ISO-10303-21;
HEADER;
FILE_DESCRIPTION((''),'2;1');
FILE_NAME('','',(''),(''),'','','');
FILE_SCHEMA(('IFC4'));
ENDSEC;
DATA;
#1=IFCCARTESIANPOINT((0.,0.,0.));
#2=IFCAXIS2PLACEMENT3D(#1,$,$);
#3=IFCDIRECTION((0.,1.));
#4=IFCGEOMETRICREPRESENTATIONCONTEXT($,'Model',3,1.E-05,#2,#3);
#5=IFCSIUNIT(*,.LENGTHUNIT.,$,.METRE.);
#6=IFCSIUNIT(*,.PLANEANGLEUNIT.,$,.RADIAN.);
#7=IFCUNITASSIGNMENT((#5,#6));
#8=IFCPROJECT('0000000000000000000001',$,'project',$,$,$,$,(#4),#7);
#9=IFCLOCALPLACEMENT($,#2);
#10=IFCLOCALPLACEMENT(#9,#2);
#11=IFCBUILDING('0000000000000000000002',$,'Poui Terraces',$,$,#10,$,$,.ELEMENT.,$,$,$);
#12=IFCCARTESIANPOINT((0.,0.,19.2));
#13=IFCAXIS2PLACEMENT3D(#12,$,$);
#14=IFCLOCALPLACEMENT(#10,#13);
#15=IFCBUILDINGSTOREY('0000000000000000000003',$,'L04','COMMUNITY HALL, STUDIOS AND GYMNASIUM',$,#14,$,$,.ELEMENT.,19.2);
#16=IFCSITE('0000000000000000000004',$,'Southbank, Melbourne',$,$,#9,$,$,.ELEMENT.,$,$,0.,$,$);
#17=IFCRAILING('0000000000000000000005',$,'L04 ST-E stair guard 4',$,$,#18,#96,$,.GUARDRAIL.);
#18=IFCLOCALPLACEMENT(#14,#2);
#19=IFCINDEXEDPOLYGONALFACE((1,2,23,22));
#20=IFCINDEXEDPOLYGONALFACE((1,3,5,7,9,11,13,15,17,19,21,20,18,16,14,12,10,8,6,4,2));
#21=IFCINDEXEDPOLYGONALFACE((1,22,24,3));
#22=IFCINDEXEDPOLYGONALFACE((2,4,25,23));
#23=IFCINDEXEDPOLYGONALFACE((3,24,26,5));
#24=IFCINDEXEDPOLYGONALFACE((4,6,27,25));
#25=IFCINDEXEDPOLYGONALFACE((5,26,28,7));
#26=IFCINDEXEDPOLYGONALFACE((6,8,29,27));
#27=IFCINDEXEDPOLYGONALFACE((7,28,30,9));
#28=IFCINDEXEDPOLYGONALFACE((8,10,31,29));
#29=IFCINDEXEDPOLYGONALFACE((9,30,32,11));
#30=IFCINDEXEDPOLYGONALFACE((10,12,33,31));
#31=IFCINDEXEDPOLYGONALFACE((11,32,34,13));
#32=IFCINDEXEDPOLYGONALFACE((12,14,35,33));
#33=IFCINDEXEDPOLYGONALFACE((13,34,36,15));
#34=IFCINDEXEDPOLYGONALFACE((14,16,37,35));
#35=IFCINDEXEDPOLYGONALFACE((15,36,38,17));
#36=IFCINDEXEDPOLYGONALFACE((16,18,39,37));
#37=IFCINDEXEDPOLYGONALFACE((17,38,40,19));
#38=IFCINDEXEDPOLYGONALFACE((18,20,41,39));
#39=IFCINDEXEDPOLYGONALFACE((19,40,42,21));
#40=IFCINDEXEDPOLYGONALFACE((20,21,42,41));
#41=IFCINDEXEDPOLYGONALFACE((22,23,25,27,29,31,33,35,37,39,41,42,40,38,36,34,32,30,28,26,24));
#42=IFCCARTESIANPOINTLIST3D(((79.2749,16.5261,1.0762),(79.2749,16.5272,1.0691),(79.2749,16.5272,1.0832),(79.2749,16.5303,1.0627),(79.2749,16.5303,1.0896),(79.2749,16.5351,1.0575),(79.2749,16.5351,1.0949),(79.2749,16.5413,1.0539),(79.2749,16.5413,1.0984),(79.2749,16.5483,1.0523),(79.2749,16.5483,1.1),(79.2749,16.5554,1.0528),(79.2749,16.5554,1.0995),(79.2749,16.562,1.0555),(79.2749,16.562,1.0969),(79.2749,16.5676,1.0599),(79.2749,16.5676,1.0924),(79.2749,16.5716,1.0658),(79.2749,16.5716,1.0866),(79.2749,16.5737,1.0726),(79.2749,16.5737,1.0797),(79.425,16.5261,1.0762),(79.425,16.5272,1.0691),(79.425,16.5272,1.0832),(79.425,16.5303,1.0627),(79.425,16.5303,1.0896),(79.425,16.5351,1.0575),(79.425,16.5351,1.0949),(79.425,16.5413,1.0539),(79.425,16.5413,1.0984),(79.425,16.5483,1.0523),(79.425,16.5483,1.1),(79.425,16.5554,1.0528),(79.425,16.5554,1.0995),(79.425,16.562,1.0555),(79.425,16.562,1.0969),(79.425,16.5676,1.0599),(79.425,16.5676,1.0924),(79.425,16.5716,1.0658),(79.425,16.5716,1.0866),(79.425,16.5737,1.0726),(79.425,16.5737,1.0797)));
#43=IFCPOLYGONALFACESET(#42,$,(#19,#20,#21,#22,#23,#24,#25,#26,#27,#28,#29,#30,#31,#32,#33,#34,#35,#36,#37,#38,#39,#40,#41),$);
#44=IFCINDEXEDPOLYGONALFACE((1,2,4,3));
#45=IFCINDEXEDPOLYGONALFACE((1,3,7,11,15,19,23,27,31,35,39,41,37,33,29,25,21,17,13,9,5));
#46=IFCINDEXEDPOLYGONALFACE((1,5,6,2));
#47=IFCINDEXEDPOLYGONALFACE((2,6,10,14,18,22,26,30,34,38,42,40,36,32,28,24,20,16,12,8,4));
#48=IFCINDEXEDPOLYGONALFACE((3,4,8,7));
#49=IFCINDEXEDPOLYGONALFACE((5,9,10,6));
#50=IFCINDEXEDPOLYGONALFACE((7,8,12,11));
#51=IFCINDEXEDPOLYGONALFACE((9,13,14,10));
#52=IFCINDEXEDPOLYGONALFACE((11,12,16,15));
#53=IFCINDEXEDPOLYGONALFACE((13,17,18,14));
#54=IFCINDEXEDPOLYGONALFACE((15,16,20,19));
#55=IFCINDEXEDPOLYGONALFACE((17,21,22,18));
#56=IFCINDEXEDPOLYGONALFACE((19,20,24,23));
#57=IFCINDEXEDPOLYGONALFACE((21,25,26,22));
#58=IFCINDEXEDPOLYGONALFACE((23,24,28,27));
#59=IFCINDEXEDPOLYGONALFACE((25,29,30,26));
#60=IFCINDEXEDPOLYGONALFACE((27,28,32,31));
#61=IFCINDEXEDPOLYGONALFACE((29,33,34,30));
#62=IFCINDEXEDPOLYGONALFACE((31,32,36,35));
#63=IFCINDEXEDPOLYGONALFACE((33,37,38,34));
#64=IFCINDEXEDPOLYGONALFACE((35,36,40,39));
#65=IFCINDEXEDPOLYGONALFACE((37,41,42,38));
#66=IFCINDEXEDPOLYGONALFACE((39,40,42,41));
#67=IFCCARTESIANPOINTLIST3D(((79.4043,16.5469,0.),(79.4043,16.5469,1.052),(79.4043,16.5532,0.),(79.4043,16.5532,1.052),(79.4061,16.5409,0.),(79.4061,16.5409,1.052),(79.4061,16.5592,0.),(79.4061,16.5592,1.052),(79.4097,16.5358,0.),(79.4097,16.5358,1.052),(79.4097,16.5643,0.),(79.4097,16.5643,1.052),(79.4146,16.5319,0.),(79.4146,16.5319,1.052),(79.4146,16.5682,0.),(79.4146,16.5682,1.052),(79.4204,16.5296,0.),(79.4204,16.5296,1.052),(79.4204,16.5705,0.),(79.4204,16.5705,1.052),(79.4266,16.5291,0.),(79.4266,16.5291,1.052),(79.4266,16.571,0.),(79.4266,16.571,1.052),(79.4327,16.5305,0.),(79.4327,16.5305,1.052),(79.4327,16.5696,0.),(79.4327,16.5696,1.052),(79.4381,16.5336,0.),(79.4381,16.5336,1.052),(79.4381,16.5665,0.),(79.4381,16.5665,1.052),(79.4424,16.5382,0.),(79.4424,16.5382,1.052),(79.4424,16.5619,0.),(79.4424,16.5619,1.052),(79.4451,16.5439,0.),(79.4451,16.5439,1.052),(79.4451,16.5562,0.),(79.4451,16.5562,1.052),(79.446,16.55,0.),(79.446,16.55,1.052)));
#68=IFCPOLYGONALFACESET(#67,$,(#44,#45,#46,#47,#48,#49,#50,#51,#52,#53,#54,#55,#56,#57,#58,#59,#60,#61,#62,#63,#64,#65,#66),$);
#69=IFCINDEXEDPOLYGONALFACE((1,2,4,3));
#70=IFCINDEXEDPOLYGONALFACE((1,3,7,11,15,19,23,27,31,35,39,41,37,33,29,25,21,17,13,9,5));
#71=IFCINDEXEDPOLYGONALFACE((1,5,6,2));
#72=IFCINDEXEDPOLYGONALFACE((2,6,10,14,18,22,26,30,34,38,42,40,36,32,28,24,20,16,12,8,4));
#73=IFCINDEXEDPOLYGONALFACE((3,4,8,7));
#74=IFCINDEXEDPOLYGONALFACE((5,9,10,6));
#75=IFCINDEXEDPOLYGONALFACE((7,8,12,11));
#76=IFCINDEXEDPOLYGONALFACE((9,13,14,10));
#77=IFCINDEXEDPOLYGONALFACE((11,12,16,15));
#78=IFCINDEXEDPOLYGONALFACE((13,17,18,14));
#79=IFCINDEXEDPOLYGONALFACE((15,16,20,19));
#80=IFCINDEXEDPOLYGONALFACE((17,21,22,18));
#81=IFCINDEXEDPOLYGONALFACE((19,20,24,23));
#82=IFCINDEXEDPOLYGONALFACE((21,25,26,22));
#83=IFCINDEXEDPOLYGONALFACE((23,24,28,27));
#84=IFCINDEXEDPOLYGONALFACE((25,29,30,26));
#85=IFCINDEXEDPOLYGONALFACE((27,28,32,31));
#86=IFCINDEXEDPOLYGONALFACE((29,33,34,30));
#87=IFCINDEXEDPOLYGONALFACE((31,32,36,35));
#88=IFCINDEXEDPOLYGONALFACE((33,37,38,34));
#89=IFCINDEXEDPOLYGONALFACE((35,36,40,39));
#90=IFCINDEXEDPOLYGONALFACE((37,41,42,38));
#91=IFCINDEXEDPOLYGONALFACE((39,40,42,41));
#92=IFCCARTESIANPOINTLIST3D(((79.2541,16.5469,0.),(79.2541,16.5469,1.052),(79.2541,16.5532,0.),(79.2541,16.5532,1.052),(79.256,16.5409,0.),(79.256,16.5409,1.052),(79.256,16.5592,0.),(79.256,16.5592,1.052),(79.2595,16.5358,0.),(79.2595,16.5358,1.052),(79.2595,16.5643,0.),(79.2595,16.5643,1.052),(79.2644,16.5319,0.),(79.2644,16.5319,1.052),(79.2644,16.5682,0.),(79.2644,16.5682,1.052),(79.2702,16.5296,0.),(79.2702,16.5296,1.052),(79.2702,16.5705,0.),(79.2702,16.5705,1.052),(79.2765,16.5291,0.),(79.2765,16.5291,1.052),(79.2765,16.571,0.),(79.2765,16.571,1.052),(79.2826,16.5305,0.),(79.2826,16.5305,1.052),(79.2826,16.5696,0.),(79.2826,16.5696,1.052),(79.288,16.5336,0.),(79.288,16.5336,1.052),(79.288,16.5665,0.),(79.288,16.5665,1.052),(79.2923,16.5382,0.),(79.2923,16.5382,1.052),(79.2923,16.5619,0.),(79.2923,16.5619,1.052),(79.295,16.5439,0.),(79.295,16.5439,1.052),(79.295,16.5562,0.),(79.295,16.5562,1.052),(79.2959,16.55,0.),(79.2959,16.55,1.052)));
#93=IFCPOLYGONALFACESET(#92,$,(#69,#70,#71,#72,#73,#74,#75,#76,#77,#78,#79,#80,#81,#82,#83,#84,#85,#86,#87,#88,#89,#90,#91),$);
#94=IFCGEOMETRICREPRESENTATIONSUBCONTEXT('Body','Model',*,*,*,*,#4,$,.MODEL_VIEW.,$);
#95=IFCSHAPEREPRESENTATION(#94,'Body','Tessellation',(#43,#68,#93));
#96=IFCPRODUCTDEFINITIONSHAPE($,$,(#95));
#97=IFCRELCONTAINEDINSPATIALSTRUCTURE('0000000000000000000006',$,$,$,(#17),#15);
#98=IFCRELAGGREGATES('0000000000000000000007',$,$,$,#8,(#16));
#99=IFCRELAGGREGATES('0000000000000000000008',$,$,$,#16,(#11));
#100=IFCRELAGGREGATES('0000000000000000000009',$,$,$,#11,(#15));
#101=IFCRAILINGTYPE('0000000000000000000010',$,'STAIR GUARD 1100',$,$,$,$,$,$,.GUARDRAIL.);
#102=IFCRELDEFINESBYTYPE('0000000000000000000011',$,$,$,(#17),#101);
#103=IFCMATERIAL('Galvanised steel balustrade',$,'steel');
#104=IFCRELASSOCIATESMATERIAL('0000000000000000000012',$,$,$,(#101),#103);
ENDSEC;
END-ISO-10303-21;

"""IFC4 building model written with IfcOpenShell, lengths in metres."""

from ifc_helpers import new_model, si_unit, direction, frame, origin, origin_2d, place, context, subcontext, project, spatial, circle, extrude, material, type_object, element, save


model = new_model("IFC4")

# Units and contexts
model_context = context("Model", 3, precision=1e-05, world=origin(), true_north=direction((0.0, 1.0)))
body_context = subcontext(model_context, "Body", "Model", "MODEL_VIEW")
ifc_project = project(units=[si_unit("LENGTHUNIT", "METRE"), si_unit("PLANEANGLEUNIT", "RADIAN")], contexts=[model_context])

# Site, building, storey
site_placement = place(None, origin())
site = spatial("IfcSite", under=ifc_project, at=site_placement, Name="Southbank, Melbourne", CompositionType="ELEMENT", RefElevation=0.0)
building_placement = place(site_placement, origin())
building = spatial("IfcBuilding", under=site, at=building_placement, Name="Poui Terraces", CompositionType="ELEMENT")
storey_placement = place(building_placement, frame((0.0, 0.0, 19.2)))
storey = spatial("IfcBuildingStorey", under=building, at=storey_placement, Name="L04", Description="COMMUNITY HALL, STUDIOS AND GYMNASIUM", CompositionType="ELEMENT", Elevation=19.2)

# Railing
ifc_material_1 = material(Name="Galvanised steel balustrade", Category="steel")
railing_type_1 = type_object("IfcRailingType", Name="STAIR GUARD 1100", PredefinedType="GUARDRAIL", material=ifc_material_1)
railing_1_placement = place(storey_placement, frame((79.425, 16.55, 0.0)))
element("IfcRailing", 1, at=railing_1_placement, inside=storey, type_object=railing_type_1, Name="L04 ST-E stair guard 4", PredefinedType="GUARDRAIL", context=body_context, shape_type="SweptSolid", body=[
    extrude(circle(Radius=0.0239, at=origin_2d()), frame((0.0, 0.0, 1.0762), z_axis=(-1.0, 0.0, 0.0), x_axis=(0.0, -1.0, 0.0)), (0.0, 0.0, 1.0), 0.1501),
    extrude(circle(Radius=0.021, at=origin_2d()), origin(), (0.0, 0.0, 1.0), 1.052),
    extrude(circle(Radius=0.021, at=origin_2d()), frame((-0.1501, 0.0, 0.0)), (0.0, 0.0, 1.0), 1.052),
])

save(model, "model.ifc")
